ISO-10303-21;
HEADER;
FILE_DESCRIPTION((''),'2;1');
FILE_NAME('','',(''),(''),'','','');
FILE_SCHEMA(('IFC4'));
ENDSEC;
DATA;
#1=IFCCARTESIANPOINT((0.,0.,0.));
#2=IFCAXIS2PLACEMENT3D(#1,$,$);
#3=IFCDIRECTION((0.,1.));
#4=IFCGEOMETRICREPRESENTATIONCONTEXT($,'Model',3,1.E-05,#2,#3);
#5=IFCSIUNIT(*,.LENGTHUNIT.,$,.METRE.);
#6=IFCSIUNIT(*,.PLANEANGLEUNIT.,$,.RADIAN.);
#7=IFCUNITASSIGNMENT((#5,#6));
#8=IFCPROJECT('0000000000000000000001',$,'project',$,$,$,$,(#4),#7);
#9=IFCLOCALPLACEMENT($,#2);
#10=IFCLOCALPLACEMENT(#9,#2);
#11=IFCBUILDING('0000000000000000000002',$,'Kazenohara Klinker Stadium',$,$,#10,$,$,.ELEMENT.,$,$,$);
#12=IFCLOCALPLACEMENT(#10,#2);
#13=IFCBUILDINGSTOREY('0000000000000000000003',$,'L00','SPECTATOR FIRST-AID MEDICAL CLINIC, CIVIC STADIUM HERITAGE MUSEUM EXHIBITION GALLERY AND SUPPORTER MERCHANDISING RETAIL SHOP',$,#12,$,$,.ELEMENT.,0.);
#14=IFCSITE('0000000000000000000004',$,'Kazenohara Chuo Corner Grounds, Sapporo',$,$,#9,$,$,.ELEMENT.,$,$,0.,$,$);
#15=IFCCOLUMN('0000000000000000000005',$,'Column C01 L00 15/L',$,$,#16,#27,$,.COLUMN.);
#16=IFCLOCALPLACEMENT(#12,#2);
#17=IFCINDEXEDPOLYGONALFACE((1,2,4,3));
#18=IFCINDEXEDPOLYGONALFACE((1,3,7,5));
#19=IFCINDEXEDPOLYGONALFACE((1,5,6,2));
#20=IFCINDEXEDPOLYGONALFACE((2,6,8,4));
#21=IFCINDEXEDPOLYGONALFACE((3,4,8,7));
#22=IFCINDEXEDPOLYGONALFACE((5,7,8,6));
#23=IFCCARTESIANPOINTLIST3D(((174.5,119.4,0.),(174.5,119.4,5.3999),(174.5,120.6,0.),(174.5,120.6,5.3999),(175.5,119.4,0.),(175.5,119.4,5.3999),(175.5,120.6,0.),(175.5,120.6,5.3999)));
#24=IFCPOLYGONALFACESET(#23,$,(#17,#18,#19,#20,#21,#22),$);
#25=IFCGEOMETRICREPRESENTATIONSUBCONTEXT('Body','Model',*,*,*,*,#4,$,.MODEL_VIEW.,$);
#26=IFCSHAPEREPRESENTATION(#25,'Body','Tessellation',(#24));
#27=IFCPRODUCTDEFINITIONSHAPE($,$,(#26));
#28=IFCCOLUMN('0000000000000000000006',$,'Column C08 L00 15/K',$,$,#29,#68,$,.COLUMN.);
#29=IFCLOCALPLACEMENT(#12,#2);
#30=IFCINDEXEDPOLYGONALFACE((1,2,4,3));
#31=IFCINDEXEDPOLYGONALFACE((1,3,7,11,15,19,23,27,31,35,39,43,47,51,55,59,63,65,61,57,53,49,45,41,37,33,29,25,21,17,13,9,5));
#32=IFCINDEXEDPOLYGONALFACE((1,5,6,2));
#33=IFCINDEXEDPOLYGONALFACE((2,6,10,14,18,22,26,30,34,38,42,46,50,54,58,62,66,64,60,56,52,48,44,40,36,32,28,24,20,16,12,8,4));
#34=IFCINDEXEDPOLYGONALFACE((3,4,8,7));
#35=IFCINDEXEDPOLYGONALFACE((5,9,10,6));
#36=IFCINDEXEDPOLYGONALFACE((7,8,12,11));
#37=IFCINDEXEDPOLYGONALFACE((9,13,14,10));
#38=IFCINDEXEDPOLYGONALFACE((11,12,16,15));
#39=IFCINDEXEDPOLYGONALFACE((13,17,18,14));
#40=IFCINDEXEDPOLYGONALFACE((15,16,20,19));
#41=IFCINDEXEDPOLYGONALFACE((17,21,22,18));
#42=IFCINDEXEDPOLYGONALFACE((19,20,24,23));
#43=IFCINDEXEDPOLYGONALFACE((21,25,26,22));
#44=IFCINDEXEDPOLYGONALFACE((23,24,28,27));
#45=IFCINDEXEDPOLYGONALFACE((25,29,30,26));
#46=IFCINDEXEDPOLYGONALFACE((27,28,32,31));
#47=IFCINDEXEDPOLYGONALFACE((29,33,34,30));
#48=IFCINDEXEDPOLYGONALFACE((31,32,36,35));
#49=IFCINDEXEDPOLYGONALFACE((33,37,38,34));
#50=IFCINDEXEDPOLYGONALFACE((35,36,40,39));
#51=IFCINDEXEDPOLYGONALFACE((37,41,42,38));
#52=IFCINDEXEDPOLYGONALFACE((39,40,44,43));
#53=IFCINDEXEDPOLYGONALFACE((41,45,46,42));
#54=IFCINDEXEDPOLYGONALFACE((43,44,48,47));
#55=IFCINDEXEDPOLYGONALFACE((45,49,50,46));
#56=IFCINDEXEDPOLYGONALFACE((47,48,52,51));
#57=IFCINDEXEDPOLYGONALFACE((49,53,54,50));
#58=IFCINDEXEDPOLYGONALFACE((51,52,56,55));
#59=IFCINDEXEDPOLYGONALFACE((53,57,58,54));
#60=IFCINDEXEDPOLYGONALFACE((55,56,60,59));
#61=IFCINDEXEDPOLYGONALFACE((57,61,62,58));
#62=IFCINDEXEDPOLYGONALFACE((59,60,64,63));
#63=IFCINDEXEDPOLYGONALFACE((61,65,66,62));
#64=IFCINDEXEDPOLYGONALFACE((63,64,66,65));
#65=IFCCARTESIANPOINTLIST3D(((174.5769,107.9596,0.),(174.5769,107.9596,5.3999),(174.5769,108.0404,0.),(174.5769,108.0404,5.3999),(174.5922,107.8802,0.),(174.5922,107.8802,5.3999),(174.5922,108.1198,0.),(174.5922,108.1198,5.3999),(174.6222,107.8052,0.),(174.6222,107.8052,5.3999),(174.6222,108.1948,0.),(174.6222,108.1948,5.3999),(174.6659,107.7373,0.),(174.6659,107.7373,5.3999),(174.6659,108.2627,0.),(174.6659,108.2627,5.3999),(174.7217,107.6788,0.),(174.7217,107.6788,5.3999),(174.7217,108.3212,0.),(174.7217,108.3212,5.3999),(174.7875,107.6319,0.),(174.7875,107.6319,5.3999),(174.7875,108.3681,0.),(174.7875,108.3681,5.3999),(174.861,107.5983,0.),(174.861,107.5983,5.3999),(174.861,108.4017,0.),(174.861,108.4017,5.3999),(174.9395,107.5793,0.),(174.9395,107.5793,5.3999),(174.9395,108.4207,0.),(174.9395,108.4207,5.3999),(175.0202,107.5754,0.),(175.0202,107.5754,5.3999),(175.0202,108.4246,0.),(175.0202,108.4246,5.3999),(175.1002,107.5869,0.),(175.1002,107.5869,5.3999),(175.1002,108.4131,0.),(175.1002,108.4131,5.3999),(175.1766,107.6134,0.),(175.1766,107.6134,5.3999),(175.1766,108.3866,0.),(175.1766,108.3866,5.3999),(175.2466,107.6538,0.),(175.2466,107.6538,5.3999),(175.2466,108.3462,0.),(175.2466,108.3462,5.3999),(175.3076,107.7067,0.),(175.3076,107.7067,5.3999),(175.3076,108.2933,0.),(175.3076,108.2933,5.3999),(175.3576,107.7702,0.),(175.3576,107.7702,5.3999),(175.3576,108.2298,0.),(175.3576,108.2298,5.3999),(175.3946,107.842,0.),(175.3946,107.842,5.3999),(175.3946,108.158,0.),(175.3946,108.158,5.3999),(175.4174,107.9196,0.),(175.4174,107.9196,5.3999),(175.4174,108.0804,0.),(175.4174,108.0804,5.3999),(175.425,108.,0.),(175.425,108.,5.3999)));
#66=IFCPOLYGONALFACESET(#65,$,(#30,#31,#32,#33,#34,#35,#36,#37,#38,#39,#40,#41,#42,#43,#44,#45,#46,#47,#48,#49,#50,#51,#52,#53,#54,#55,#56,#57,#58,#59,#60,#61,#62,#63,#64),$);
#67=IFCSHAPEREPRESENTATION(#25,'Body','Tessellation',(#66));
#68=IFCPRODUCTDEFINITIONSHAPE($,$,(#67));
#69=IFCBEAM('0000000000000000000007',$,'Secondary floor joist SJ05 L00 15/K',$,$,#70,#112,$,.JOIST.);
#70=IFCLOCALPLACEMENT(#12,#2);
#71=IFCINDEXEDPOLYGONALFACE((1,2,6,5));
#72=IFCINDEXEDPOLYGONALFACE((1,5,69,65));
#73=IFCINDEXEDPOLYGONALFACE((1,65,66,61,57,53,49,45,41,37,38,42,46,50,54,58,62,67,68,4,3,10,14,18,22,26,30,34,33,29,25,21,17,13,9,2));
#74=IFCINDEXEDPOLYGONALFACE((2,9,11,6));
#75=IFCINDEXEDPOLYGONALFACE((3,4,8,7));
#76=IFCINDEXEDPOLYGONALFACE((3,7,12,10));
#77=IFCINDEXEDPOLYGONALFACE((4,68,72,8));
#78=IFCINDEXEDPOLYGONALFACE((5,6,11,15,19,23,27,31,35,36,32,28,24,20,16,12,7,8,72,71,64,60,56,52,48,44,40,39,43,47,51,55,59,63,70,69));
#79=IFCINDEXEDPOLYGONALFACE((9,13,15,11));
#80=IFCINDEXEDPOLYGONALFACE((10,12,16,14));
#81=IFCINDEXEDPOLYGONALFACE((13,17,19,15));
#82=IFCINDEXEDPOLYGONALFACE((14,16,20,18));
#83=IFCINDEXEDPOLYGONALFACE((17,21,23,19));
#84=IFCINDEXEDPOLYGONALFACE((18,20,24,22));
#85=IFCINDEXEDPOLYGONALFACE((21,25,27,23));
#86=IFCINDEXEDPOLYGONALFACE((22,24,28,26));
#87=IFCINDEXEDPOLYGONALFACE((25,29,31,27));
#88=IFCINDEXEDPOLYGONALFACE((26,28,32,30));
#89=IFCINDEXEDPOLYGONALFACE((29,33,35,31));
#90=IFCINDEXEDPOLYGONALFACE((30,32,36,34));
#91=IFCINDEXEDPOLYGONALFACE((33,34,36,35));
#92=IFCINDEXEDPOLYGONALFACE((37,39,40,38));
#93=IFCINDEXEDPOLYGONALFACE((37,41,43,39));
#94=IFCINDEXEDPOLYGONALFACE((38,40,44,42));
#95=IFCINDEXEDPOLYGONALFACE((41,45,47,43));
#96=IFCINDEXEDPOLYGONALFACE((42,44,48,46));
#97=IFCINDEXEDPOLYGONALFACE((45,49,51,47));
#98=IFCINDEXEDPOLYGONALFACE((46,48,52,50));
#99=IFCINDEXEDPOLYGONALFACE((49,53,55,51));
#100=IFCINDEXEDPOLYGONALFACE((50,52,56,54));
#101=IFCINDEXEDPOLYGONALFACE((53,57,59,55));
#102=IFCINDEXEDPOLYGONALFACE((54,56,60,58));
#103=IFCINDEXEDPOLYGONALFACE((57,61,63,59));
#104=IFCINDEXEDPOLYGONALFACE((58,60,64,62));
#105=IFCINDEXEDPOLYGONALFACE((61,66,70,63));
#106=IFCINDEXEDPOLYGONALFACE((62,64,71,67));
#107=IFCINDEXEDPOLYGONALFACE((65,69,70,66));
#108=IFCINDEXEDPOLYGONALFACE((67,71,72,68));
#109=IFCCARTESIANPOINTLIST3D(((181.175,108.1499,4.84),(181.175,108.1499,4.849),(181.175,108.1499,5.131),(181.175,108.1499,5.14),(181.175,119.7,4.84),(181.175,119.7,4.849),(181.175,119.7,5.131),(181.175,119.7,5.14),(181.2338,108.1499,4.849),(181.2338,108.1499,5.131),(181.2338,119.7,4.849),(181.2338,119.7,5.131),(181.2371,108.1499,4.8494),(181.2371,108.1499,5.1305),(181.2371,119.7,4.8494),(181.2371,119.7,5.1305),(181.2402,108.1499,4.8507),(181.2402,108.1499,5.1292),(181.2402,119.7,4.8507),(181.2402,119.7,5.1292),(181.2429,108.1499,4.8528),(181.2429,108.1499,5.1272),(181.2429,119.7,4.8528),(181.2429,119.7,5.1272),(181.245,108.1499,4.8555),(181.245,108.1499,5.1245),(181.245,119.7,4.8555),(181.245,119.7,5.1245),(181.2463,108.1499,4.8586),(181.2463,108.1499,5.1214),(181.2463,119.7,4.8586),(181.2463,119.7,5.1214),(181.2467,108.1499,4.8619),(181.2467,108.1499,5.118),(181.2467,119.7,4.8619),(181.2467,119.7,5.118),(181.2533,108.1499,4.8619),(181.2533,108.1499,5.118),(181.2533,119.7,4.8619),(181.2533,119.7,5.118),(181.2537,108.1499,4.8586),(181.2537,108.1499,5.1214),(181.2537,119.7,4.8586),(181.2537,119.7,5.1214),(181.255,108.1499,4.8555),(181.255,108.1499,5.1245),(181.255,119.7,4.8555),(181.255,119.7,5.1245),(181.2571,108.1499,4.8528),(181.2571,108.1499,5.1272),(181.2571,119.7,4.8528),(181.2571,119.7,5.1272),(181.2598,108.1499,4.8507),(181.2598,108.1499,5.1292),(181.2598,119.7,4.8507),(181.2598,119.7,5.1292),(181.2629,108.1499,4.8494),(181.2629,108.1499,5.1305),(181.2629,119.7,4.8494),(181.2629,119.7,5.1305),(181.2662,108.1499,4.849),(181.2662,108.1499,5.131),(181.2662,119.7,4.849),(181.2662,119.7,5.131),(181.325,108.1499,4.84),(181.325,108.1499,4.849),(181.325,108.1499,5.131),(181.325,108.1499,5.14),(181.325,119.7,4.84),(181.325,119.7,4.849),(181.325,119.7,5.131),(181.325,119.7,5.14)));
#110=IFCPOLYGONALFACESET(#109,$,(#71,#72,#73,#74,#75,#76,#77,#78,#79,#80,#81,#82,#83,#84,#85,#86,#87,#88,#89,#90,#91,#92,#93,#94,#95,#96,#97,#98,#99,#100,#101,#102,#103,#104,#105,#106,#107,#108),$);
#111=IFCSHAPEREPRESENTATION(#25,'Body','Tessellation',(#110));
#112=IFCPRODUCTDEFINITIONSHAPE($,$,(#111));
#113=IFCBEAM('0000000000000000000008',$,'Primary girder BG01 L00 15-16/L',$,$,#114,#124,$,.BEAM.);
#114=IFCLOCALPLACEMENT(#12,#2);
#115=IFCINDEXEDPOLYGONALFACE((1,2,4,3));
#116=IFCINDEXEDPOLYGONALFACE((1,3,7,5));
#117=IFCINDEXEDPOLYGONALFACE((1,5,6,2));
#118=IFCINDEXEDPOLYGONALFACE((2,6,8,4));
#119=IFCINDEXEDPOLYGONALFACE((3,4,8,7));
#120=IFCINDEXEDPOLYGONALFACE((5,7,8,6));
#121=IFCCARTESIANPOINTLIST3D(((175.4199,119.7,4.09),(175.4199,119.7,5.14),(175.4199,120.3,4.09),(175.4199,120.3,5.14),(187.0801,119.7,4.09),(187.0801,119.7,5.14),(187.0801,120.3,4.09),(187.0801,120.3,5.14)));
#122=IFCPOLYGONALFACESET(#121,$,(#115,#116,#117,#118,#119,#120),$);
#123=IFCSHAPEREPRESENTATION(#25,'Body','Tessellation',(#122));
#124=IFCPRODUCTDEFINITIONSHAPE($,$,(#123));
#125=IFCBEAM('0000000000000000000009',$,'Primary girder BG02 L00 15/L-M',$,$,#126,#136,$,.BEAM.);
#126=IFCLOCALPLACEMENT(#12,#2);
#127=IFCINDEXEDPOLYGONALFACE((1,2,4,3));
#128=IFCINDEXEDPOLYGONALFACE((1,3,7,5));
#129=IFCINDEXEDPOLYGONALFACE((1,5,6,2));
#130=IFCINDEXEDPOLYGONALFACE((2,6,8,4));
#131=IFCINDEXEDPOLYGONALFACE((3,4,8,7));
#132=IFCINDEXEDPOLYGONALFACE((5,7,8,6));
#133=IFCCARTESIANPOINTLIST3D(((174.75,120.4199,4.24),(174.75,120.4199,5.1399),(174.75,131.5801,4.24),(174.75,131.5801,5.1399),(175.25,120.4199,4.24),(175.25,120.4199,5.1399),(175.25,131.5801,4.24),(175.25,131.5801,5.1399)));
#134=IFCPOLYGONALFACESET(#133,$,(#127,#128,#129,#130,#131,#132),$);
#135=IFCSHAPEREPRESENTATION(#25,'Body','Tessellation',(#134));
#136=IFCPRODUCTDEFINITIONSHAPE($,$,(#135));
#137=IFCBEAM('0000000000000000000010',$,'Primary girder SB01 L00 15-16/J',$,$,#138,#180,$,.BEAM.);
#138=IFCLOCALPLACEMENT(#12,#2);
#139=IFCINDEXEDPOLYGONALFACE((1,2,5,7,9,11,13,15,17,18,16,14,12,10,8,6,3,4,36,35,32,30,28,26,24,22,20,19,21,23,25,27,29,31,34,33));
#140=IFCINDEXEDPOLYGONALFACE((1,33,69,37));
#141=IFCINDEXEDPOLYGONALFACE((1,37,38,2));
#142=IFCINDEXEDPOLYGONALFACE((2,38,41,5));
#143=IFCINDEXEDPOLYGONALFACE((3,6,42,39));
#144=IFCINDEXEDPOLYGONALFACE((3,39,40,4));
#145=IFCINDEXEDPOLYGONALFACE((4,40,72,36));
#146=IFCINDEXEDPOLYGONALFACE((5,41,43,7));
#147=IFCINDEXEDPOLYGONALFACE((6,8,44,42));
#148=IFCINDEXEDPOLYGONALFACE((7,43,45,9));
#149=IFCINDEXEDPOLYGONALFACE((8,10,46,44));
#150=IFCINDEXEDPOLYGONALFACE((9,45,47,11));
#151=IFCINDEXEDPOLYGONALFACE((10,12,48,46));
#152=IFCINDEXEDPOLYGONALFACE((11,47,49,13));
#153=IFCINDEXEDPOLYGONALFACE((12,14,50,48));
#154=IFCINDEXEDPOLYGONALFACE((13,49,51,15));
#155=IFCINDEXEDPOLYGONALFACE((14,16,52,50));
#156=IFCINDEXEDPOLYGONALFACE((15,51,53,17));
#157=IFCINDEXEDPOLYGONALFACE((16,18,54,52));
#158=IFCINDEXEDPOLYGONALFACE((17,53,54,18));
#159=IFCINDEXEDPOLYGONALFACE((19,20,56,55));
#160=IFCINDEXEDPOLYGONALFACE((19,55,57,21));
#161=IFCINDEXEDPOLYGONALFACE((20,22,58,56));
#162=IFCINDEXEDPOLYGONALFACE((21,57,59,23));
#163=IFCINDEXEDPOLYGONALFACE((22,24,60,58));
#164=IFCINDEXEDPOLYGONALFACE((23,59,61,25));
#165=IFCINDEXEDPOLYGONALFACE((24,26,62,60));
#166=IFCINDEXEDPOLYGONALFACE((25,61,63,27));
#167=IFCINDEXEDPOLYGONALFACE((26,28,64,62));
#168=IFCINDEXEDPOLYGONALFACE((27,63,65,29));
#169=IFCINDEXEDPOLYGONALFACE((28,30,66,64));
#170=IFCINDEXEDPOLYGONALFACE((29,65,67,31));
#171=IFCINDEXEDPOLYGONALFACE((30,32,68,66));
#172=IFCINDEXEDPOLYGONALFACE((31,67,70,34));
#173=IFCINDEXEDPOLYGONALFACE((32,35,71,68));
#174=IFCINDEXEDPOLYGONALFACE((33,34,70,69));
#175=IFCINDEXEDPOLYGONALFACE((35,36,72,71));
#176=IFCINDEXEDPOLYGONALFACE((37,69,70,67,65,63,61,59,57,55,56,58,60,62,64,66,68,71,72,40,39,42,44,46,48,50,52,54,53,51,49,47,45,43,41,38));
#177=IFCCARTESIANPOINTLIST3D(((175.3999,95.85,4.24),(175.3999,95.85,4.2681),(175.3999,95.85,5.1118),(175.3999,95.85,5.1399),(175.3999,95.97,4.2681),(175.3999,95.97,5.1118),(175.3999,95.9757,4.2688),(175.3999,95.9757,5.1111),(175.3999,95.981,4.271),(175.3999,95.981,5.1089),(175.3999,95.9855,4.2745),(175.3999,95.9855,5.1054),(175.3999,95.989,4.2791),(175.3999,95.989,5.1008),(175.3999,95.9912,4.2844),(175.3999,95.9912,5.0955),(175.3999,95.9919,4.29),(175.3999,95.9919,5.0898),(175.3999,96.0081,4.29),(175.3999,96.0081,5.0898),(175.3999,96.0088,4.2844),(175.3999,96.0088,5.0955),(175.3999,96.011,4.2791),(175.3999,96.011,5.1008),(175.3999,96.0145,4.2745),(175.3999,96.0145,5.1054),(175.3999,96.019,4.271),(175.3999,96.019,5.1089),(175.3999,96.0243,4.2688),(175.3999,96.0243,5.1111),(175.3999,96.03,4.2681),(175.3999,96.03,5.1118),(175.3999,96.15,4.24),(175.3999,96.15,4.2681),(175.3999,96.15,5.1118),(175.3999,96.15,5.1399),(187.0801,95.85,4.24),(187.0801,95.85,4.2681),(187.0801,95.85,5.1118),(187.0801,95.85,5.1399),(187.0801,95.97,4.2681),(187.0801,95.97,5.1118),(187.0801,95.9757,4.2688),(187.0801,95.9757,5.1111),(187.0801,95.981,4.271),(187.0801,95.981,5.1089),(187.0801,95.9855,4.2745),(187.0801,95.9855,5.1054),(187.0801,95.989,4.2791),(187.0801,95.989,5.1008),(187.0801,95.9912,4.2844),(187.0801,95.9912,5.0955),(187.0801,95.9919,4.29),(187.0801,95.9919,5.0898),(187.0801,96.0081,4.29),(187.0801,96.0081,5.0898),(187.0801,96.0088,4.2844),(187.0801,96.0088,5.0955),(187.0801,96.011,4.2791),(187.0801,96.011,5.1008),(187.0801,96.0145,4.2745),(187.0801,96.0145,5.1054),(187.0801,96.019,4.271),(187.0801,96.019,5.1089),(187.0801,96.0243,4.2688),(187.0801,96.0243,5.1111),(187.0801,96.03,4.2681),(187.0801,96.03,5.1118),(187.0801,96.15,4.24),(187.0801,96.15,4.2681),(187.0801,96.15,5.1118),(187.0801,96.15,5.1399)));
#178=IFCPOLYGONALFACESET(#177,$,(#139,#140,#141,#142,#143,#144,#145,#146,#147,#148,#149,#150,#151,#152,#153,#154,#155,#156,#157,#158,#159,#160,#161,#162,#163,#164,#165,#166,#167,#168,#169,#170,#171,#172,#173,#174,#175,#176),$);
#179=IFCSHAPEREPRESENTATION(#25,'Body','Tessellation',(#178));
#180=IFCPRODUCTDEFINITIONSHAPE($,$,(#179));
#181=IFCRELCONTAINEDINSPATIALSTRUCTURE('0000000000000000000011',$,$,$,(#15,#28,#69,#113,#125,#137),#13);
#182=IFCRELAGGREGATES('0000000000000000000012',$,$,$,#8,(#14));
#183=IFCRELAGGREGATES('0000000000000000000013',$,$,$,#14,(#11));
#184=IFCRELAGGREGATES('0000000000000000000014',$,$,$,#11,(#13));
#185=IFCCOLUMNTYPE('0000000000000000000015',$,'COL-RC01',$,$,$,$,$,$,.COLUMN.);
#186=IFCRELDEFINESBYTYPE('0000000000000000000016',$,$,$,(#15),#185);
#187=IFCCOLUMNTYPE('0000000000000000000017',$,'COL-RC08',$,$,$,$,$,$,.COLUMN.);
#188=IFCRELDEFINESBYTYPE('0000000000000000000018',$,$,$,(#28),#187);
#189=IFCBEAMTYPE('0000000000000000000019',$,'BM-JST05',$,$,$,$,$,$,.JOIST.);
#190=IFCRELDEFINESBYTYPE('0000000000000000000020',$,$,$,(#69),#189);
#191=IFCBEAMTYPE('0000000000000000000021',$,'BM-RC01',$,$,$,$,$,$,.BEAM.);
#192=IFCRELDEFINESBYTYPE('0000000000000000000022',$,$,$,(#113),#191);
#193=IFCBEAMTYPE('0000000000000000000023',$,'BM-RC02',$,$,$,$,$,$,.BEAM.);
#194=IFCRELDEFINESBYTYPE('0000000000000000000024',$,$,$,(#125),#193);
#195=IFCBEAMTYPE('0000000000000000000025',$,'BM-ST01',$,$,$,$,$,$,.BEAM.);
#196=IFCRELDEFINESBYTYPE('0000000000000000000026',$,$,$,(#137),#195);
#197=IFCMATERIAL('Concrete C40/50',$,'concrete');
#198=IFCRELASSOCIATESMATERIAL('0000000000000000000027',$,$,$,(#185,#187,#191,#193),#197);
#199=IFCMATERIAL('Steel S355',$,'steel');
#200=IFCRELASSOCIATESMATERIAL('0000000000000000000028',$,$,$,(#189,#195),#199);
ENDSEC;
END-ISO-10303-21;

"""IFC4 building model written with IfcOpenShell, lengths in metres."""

from ifc_helpers import new_model, si_unit, direction, frame, origin, origin_2d, place, context, subcontext, project, spatial, rectangle, circle, i_section, extrude, material, material_profile, profile_set, type_object, element, save


model = new_model("IFC4")

# Units and contexts
model_context = context("Model", 3, precision=1e-05, world=origin(), true_north=direction((0.0, 1.0)))
body_context = subcontext(model_context, "Body", "Model", "MODEL_VIEW")
ifc_project = project(units=[si_unit("LENGTHUNIT", "METRE"), si_unit("PLANEANGLEUNIT", "RADIAN")], contexts=[model_context])

# Site, building, storey
site_placement = place(None, origin())
site = spatial("IfcSite", under=ifc_project, at=site_placement, Name="Kazenohara Chuo Corner Grounds, Sapporo", CompositionType="ELEMENT", RefElevation=0.0)
building_placement = place(site_placement, origin())
building = spatial("IfcBuilding", under=site, at=building_placement, Name="Kazenohara Klinker Stadium", CompositionType="ELEMENT")
storey_placement = place(building_placement, origin())
storey = spatial("IfcBuildingStorey", under=building, at=storey_placement, Name="L00", Description="SPECTATOR FIRST-AID MEDICAL CLINIC, CIVIC STADIUM HERITAGE MUSEUM EXHIBITION GALLERY AND SUPPORTER MERCHANDISING RETAIL SHOP", CompositionType="ELEMENT", Elevation=0.0)

# Columns
ifc_material_1 = material(Name="Concrete C40/50", Category="concrete")
ifc_material_profile_1 = material_profile(ifc_material_1, rectangle(XDim=1.0, YDim=1.2, at=origin_2d()), Name="RC-COL-1200x1000")
ifc_profile_set_1 = profile_set([ifc_material_profile_1], Name="Concrete C40/50")
column_type_1 = type_object("IfcColumnType", Name="COL-RC01", PredefinedType="COLUMN", material=ifc_profile_set_1)
column_1_placement = place(storey_placement, frame((175.0, 120.0, 0.0), z_axis=(0.0, 0.0, 1.0), x_axis=(1.0, 0.0, 0.0)))
element("IfcColumn", 1, at=column_1_placement, inside=storey, type_object=column_type_1, Name="Column C01 L00 15/L", PredefinedType="COLUMN", context=body_context, shape_type="SweptSolid", body=[
    extrude(rectangle(XDim=1.0, YDim=1.2, at=origin_2d()), origin(), (0.0, 0.0, 1.0), 5.3999),
])
ifc_material_profile_2 = material_profile(ifc_material_1, circle(Radius=0.425, at=origin_2d()), Name="RC-COL-D850")
ifc_profile_set_2 = profile_set([ifc_material_profile_2], Name="Concrete C40/50")
column_type_2 = type_object("IfcColumnType", Name="COL-RC08", PredefinedType="COLUMN", material=ifc_profile_set_2)
column_2_placement = place(storey_placement, frame((175.0, 108.0, 0.0), z_axis=(0.0, 0.0, 1.0), x_axis=(1.0, 0.0, 0.0)))
element("IfcColumn", 2, at=column_2_placement, inside=storey, type_object=column_type_2, Name="Column C08 L00 15/K", PredefinedType="COLUMN", context=body_context, shape_type="SweptSolid", body=[
    extrude(circle(Radius=0.425, at=origin_2d()), origin(), (0.0, 0.0, 1.0), 5.3999),
])

# Beams
ifc_material_2 = material(Name="Steel S355", Category="steel")
ifc_material_profile_3 = material_profile(ifc_material_2, i_section(OverallWidth=0.1499, OverallDepth=0.3, WebThickness=0.0066, FlangeThickness=0.009, FilletRadius=0.0129, at=origin_2d()), Name="H-300x150x6.5x9")
ifc_profile_set_3 = profile_set([ifc_material_profile_3], Name="Steel S355")
beam_type_1 = type_object("IfcBeamType", Name="BM-JST05", PredefinedType="JOIST", material=ifc_profile_set_3)
beam_1_placement = place(storey_placement, frame((181.25, 108.1499, 4.99), z_axis=(0.0, 1.0, 0.0), x_axis=(-1.0, 0.0, 0.0)))
element("IfcBeam", 3, at=beam_1_placement, inside=storey, type_object=beam_type_1, Name="Secondary floor joist SJ05 L00 15/K", PredefinedType="JOIST", context=body_context, shape_type="SweptSolid", body=[
    extrude(i_section(OverallWidth=0.1499, OverallDepth=0.3, WebThickness=0.0066, FlangeThickness=0.009, FilletRadius=0.0129, at=origin_2d()), origin(), (0.0, 0.0, 1.0), 11.55),
])
ifc_material_profile_4 = material_profile(ifc_material_1, rectangle(XDim=0.6001, YDim=1.05, at=origin_2d()), Name="RC-BM-600x1050")
ifc_profile_set_4 = profile_set([ifc_material_profile_4], Name="Concrete C40/50")
beam_type_2 = type_object("IfcBeamType", Name="BM-RC01", PredefinedType="BEAM", material=ifc_profile_set_4)
beam_2_placement = place(storey_placement, frame((175.4199, 120.0, 4.615), z_axis=(1.0, 0.0, 0.0), x_axis=(0.0, 1.0, 0.0)))
element("IfcBeam", 4, at=beam_2_placement, inside=storey, type_object=beam_type_2, Name="Primary girder BG01 L00 15-16/L", PredefinedType="BEAM", context=body_context, shape_type="SweptSolid", body=[
    extrude(rectangle(XDim=0.6001, YDim=1.05, at=origin_2d()), origin(), (0.0, 0.0, 1.0), 11.6602),
])
ifc_material_profile_5 = material_profile(ifc_material_1, rectangle(XDim=0.5, YDim=0.8999, at=origin_2d()), Name="RC-BM-500x900")
ifc_profile_set_5 = profile_set([ifc_material_profile_5], Name="Concrete C40/50")
beam_type_3 = type_object("IfcBeamType", Name="BM-RC02", PredefinedType="BEAM", material=ifc_profile_set_5)
beam_3_placement = place(storey_placement, frame((175.0, 120.4199, 4.6899), z_axis=(0.0, 1.0, 0.0), x_axis=(-1.0, 0.0, 0.0)))
element("IfcBeam", 5, at=beam_3_placement, inside=storey, type_object=beam_type_3, Name="Primary girder BG02 L00 15/L-M", PredefinedType="BEAM", context=body_context, shape_type="SweptSolid", body=[
    extrude(rectangle(XDim=0.5, YDim=0.8999, at=origin_2d()), origin(), (0.0, 0.0, 1.0), 11.1602),
])
ifc_material_profile_6 = material_profile(ifc_material_2, i_section(OverallWidth=0.3, OverallDepth=0.8999, WebThickness=0.0161, FlangeThickness=0.0281, FilletRadius=0.022, at=origin_2d()), Name="H-900x300x16x28")
ifc_profile_set_6 = profile_set([ifc_material_profile_6], Name="Steel S355")
beam_type_4 = type_object("IfcBeamType", Name="BM-ST01", PredefinedType="BEAM", material=ifc_profile_set_6)
beam_4_placement = place(storey_placement, frame((175.3999, 96.0, 4.6899), z_axis=(1.0, 0.0, 0.0), x_axis=(0.0, 1.0, 0.0)))
element("IfcBeam", 6, at=beam_4_placement, inside=storey, type_object=beam_type_4, Name="Primary girder SB01 L00 15-16/J", PredefinedType="BEAM", context=body_context, shape_type="SweptSolid", body=[
    extrude(i_section(OverallWidth=0.3, OverallDepth=0.8999, WebThickness=0.0161, FlangeThickness=0.0281, FilletRadius=0.022, at=origin_2d()), origin(), (0.0, 0.0, 1.0), 11.6802),
])

save(model, "model.ifc")
